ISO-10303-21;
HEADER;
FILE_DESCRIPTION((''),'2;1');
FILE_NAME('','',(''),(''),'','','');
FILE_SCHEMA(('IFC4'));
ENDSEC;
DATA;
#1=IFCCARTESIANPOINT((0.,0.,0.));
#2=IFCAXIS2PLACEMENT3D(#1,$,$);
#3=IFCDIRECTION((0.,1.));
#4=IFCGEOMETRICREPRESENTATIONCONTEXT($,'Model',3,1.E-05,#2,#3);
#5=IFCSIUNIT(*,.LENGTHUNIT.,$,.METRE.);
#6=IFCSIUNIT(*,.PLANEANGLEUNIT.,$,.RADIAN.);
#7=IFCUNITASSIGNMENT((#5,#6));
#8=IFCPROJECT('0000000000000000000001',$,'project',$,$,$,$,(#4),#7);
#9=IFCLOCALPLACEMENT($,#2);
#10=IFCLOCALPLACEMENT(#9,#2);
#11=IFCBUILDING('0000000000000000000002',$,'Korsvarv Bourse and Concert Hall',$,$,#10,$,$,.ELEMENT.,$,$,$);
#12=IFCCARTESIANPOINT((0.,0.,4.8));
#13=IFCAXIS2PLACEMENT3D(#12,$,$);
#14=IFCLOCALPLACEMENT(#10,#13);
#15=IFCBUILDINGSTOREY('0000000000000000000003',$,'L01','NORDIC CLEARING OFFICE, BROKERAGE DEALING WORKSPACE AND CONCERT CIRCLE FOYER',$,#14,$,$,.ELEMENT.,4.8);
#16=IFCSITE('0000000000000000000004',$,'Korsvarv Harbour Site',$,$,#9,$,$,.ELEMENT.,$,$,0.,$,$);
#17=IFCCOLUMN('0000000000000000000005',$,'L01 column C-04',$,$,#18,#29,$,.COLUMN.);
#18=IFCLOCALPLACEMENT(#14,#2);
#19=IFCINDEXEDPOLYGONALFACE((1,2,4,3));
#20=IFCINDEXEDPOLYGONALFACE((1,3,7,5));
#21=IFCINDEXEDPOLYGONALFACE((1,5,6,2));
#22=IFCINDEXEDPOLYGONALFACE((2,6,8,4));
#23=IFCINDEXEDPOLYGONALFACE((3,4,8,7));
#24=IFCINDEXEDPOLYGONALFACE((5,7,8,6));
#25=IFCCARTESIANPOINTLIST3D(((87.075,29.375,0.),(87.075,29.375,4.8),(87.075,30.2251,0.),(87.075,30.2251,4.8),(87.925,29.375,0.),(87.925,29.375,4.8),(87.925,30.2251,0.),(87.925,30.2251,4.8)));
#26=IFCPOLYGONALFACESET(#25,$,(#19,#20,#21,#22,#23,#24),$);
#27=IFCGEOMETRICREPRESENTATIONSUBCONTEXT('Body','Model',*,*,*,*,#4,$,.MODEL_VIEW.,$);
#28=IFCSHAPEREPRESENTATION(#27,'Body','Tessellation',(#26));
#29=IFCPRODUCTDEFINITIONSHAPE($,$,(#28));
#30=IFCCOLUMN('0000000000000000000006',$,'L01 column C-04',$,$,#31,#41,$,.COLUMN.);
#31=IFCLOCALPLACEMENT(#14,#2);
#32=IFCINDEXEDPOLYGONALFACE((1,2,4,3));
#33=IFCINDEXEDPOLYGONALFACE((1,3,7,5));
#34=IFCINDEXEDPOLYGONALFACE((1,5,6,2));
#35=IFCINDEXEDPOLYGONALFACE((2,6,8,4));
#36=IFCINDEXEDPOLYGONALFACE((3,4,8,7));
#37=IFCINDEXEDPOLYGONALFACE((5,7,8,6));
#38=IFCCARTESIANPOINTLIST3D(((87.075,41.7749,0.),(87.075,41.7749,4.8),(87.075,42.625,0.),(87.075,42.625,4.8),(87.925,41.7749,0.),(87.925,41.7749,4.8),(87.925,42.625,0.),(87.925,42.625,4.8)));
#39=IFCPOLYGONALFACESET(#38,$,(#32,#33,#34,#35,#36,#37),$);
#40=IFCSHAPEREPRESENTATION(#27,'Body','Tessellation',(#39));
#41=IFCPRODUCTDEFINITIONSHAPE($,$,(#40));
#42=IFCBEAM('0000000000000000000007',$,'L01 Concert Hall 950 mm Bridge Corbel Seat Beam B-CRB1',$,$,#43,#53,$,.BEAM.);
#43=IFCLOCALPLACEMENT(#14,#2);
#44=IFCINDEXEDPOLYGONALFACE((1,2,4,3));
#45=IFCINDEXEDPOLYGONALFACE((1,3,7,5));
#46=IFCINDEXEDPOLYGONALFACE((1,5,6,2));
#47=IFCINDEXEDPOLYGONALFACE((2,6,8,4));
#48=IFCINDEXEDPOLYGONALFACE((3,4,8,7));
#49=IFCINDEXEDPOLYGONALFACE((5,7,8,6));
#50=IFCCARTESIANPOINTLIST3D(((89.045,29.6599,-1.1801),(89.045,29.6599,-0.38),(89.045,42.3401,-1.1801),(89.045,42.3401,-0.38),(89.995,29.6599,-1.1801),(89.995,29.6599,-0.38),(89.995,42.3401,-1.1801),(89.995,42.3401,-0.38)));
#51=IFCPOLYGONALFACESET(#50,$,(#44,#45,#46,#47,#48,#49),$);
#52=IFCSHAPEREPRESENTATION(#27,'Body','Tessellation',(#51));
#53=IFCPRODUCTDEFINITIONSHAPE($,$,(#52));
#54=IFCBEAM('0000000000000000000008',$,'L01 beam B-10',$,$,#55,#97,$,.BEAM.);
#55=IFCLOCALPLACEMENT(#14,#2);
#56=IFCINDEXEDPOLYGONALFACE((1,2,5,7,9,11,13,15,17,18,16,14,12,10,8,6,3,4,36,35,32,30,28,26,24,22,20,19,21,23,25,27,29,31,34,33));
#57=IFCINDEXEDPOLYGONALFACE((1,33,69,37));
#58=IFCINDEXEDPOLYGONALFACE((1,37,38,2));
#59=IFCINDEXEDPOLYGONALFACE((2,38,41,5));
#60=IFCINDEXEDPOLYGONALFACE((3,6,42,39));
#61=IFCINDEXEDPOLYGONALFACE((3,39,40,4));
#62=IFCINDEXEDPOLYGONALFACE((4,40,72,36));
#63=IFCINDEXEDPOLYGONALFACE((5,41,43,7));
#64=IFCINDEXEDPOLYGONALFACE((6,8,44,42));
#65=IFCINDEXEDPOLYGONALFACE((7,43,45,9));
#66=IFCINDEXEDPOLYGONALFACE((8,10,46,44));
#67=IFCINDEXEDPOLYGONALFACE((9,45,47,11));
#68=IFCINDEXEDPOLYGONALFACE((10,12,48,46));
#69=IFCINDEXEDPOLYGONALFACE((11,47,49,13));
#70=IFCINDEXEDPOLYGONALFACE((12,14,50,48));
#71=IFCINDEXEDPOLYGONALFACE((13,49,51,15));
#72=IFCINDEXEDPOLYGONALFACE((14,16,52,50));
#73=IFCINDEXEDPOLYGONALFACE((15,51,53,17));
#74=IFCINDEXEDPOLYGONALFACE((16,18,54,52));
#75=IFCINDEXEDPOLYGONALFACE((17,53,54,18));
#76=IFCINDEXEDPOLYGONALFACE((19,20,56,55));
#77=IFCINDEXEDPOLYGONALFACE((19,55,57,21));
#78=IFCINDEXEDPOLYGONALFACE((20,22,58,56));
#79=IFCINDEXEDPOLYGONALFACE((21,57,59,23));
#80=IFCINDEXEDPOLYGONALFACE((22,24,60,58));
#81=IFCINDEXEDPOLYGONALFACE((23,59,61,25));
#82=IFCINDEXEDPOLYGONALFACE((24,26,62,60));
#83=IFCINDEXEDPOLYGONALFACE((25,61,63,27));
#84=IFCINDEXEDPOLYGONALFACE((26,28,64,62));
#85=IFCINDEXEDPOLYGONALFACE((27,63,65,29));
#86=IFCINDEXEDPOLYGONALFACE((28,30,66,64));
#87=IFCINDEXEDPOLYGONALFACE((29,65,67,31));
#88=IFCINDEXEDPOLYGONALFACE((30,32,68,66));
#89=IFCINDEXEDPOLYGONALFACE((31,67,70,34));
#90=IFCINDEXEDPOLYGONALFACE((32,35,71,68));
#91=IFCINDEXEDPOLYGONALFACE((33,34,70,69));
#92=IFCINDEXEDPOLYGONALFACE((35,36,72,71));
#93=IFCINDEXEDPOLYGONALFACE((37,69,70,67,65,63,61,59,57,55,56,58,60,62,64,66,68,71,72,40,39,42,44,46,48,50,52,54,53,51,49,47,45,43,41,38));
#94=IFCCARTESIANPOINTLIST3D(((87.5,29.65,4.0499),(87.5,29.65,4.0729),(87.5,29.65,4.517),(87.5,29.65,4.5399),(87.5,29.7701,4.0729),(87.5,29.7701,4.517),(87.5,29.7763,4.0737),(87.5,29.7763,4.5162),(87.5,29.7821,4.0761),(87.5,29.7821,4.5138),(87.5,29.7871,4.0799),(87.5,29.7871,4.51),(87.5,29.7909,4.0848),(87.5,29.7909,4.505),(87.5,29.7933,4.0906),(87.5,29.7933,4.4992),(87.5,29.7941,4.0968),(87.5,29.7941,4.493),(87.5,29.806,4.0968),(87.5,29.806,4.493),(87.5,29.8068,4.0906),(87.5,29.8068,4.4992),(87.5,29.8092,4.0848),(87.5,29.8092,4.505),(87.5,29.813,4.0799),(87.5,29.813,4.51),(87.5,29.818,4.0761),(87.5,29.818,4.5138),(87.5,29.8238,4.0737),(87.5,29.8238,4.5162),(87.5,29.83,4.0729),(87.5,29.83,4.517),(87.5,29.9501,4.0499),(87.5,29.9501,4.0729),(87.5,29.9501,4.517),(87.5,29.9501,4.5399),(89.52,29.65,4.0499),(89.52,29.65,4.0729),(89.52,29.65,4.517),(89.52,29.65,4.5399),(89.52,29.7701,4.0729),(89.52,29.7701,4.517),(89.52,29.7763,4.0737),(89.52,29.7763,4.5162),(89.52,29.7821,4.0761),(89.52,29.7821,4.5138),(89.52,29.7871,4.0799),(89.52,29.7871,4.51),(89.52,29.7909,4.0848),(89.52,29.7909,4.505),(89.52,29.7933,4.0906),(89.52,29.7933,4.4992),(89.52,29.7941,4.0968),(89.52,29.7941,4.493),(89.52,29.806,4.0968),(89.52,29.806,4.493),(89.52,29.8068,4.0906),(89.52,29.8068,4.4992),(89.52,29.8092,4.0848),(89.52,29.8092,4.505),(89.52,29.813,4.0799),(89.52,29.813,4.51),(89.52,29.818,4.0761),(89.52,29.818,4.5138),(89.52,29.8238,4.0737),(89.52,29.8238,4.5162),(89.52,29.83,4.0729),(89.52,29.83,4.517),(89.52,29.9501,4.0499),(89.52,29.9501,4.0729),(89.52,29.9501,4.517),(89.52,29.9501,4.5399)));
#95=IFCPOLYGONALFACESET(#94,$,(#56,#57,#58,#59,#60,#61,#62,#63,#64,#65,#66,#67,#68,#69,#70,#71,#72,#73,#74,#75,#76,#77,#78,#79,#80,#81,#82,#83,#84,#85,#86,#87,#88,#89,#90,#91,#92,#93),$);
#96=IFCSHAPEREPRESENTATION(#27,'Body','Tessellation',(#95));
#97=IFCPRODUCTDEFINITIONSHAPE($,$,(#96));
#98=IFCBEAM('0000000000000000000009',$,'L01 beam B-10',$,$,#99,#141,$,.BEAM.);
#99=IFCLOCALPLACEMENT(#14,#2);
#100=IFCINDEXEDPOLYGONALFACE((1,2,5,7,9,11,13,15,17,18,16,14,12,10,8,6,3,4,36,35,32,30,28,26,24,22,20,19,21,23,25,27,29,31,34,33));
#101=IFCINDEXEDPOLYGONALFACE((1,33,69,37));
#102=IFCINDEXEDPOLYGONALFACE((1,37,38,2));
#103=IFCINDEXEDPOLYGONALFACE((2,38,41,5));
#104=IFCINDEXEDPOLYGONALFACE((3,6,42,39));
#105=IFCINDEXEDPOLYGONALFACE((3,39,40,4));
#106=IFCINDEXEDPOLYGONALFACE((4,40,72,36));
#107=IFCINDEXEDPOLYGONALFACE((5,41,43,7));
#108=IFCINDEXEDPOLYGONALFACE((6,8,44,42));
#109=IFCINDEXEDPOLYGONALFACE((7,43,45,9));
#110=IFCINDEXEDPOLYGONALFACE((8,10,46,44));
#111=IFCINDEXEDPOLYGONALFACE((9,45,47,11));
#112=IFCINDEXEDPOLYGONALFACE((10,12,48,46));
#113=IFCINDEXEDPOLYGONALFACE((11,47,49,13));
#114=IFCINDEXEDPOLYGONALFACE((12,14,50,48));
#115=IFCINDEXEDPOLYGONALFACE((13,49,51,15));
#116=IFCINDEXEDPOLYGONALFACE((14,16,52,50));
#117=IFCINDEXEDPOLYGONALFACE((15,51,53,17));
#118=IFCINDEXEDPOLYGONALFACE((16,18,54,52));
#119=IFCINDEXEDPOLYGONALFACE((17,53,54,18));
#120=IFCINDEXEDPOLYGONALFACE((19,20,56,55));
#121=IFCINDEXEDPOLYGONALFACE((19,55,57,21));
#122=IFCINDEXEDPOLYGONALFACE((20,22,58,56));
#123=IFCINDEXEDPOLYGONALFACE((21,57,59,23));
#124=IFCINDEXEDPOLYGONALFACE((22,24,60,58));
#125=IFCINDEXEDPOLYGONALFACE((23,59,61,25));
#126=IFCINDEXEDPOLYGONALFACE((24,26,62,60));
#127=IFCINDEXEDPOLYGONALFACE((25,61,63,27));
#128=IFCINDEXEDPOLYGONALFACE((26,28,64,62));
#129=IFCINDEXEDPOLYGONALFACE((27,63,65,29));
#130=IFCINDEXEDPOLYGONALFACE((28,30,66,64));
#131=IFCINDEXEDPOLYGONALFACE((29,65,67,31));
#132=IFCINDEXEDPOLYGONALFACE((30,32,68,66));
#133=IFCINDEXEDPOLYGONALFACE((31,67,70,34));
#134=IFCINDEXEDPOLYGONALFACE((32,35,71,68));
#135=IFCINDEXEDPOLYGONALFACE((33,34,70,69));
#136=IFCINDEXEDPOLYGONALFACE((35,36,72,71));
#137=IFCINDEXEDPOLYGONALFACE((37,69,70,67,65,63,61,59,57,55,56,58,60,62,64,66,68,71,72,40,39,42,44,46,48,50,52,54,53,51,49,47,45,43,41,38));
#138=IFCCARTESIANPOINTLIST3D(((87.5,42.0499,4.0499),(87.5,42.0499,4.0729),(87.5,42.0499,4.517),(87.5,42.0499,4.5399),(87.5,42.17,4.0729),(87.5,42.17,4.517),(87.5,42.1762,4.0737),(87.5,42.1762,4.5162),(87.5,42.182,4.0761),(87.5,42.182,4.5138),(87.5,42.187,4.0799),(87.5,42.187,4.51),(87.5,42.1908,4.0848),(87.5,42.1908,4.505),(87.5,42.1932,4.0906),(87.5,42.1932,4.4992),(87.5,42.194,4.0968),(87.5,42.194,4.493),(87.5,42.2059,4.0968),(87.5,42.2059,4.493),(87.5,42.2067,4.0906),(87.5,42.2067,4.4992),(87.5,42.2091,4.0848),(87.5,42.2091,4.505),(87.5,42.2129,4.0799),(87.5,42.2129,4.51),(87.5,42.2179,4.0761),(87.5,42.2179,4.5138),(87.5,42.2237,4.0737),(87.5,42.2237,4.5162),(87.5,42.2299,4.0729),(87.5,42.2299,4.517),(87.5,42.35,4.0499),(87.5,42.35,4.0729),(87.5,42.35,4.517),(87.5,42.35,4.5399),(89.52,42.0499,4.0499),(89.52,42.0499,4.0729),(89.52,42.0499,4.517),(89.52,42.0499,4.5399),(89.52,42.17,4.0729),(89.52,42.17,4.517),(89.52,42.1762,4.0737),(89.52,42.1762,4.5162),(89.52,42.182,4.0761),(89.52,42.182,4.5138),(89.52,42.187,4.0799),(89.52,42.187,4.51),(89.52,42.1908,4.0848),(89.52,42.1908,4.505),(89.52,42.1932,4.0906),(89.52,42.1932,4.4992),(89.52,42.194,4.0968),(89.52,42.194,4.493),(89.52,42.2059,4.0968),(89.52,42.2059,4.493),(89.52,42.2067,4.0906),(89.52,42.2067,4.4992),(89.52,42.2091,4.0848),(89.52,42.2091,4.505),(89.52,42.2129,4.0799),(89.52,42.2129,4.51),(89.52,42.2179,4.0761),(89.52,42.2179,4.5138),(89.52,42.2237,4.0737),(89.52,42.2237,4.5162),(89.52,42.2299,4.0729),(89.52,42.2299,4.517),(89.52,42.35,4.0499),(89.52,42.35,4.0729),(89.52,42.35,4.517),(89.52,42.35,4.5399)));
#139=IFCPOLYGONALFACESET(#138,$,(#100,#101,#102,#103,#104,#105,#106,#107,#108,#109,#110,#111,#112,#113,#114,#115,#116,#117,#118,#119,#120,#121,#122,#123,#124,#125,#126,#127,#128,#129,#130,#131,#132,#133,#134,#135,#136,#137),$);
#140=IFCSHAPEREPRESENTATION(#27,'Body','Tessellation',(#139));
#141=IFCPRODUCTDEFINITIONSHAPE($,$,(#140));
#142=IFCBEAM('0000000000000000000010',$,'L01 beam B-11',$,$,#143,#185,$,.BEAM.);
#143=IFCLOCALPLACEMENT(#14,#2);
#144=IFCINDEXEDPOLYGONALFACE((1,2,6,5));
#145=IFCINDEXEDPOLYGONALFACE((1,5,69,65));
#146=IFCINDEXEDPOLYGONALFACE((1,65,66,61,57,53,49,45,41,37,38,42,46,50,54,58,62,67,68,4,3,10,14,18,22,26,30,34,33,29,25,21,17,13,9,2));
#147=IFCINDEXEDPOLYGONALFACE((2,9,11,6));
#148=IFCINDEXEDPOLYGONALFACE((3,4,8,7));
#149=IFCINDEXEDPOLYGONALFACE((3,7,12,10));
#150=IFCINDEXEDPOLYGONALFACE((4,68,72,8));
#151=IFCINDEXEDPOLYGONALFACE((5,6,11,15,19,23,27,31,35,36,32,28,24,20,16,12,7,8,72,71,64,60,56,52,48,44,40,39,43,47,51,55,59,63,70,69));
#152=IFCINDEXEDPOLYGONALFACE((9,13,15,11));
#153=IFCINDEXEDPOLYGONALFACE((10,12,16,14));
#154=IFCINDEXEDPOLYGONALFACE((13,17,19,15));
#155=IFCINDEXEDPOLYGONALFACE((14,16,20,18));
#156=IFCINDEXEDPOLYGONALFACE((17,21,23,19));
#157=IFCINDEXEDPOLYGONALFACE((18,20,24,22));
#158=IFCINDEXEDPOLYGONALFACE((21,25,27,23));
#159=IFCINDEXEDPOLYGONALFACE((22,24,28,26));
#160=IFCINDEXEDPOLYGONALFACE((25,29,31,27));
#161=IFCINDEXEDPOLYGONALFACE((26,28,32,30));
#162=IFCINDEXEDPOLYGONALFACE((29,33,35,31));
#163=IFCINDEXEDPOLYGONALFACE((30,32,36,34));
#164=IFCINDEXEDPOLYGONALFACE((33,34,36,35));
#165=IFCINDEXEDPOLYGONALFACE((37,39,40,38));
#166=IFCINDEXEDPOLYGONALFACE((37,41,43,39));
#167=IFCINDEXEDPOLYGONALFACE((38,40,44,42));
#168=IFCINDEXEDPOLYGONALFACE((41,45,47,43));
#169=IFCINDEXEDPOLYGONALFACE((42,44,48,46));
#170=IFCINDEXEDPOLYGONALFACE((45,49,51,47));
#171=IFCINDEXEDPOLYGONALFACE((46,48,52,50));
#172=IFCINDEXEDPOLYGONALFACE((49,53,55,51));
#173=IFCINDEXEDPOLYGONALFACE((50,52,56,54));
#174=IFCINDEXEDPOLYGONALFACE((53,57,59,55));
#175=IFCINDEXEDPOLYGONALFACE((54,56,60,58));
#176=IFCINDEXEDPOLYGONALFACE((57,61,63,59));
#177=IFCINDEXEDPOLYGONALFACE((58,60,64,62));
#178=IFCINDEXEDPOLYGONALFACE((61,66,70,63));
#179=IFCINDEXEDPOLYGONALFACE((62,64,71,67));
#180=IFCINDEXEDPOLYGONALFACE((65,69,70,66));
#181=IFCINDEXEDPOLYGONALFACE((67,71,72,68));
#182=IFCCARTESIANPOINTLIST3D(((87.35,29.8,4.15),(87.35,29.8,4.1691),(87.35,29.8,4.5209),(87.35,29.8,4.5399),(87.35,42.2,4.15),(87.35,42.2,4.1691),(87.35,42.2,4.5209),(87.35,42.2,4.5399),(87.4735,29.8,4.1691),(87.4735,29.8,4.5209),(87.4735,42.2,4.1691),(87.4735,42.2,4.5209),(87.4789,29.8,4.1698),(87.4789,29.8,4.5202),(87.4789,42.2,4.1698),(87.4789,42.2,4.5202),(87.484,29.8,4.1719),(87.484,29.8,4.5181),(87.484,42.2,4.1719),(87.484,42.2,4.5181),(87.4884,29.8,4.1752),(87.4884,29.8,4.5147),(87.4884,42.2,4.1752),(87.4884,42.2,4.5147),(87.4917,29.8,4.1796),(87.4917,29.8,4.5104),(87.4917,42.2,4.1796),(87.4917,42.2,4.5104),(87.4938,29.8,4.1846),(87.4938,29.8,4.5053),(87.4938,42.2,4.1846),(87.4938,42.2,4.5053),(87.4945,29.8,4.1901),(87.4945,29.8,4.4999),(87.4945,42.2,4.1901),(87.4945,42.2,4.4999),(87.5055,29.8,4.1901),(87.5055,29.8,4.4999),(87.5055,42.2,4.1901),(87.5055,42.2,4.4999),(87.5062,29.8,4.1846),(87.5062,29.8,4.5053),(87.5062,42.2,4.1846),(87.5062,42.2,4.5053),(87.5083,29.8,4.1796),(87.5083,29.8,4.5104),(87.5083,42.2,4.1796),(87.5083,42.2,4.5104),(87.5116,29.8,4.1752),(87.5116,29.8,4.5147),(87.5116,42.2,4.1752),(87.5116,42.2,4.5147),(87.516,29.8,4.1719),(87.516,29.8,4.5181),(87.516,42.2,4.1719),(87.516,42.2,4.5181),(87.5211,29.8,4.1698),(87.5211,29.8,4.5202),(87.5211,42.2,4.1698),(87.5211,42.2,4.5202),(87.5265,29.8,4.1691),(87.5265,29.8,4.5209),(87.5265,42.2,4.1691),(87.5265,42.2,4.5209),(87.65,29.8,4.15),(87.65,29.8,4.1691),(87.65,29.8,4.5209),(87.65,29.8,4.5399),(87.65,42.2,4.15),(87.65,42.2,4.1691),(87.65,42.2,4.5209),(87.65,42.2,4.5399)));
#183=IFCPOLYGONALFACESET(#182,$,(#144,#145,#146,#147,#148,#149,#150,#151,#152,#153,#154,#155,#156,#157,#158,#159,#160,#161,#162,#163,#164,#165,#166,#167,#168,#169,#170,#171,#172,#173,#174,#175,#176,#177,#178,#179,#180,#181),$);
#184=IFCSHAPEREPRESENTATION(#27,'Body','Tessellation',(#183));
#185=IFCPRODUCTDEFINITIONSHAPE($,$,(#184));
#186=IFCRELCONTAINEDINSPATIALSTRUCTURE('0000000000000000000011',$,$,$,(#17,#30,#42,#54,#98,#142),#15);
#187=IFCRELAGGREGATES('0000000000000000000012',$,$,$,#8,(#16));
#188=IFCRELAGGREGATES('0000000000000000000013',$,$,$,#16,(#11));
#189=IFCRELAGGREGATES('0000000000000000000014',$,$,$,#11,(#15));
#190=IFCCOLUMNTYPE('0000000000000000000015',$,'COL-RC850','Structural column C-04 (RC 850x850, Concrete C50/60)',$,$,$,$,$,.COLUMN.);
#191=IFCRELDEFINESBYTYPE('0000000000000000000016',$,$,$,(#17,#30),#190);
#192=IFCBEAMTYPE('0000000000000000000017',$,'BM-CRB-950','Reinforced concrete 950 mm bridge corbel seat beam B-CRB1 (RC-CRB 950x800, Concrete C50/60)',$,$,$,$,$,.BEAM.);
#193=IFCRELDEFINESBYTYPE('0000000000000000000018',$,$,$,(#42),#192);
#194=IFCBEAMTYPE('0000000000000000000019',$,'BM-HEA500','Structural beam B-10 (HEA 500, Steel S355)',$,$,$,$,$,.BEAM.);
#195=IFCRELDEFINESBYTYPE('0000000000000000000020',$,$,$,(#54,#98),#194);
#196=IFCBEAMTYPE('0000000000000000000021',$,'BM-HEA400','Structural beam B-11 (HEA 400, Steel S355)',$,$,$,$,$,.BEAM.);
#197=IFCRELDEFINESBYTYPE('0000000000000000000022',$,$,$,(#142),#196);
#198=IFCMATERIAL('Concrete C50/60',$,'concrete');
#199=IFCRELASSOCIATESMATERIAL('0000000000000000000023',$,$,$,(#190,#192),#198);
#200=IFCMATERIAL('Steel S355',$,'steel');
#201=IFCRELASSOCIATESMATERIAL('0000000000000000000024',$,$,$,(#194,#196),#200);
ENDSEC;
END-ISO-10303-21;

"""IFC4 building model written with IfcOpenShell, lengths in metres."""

from ifc_helpers import new_model, si_unit, direction, frame, origin, origin_2d, place, context, subcontext, project, spatial, rectangle, i_section, extrude, source, transform, mapped, material, material_profile, profile_set, type_object, element, save


model = new_model("IFC4")

# Units and contexts
model_context = context("Model", 3, precision=1e-05, world=origin(), true_north=direction((0.0, 1.0)))
body_context = subcontext(model_context, "Body", "Model", "MODEL_VIEW")
ifc_project = project(units=[si_unit("LENGTHUNIT", "METRE"), si_unit("PLANEANGLEUNIT", "RADIAN")], contexts=[model_context])

# Site, building, storey
site_placement = place(None, origin())
site = spatial("IfcSite", under=ifc_project, at=site_placement, Name="Korsvarv Harbour Site", CompositionType="ELEMENT", RefElevation=0.0)
building_placement = place(site_placement, origin())
building = spatial("IfcBuilding", under=site, at=building_placement, Name="Korsvarv Bourse and Concert Hall", CompositionType="ELEMENT")
storey_placement = place(building_placement, frame((0.0, 0.0, 4.8)))
storey = spatial("IfcBuildingStorey", under=building, at=storey_placement, Name="L01", Description="NORDIC CLEARING OFFICE, BROKERAGE DEALING WORKSPACE AND CONCERT CIRCLE FOYER", CompositionType="ELEMENT", Elevation=4.8)

# Columns
ifc_material_1 = material(Name="Concrete C50/60", Category="concrete")
ifc_material_profile_1 = material_profile(ifc_material_1, rectangle(XDim=0.8501, YDim=0.8501, at=origin_2d()), Name="RC 850x850")
ifc_profile_set_1 = profile_set([ifc_material_profile_1], Name="Concrete C50/60")
column_type = type_object("IfcColumnType", Name="COL-RC850", Description="Structural column C-04 (RC 850x850, Concrete C50/60)", PredefinedType="COLUMN", material=ifc_profile_set_1)
shared_shape_1 = source(origin(), body_context, "Body", "SweptSolid", [
    extrude(rectangle(XDim=0.8501, YDim=0.8501, at=origin_2d()), origin(), (0.0, 0.0, 1.0), 4.8),
])
for number, where, z_axis, x_axis, name in (
    (1, (87.5, 29.8, 0.0), (0.0, 0.0, 1.0), (1.0, 0.0, 0.0), "L01 column C-04"),
    (2, (87.5, 42.2, 0.0), (0.0, 0.0, 1.0), (1.0, 0.0, 0.0), "L01 column C-04"),
):
    element("IfcColumn", number, at=place(storey_placement, frame(where, z_axis=z_axis, x_axis=x_axis)), inside=storey, type_object=column_type, Name=name, PredefinedType="COLUMN", context=body_context, shape_type="MappedRepresentation", body=[
        mapped(shared_shape_1, transform((0.0, 0.0, 0.0), scale=1.0)),
    ])

# Beams
ifc_material_profile_2 = material_profile(ifc_material_1, rectangle(XDim=0.95, YDim=0.8, at=origin_2d()), Name="RC-CRB 950x800")
ifc_profile_set_2 = profile_set([ifc_material_profile_2], Name="Concrete C50/60")
beam_type_1 = type_object("IfcBeamType", Name="BM-CRB-950", Description="Reinforced concrete 950 mm bridge corbel seat beam B-CRB1 (RC-CRB 950x800, Concrete C50/60)", PredefinedType="BEAM", material=ifc_profile_set_2)
shared_shape_2 = source(origin(), body_context, "Body", "SweptSolid", [
    extrude(rectangle(XDim=0.95, YDim=0.8, at=origin_2d()), origin(), (0.0, 0.0, 1.0), 12.6802),
])
beam_1_placement = place(storey_placement, frame((89.52, 29.6599, -0.78), z_axis=(0.0, 1.0, 0.0), x_axis=(-1.0, 0.0, 0.0)))
element("IfcBeam", 3, at=beam_1_placement, inside=storey, type_object=beam_type_1, Name="L01 Concert Hall 950 mm Bridge Corbel Seat Beam B-CRB1", PredefinedType="BEAM", context=body_context, shape_type="MappedRepresentation", body=[
    mapped(shared_shape_2, transform((0.0, 0.0, 0.0), scale=1.0)),
])
ifc_material_2 = material(Name="Steel S355", Category="steel")
ifc_material_profile_3 = material_profile(ifc_material_2, i_section(OverallWidth=0.3, OverallDepth=0.49, WebThickness=0.012, FlangeThickness=0.0229, FilletRadius=0.0239, at=origin_2d()), Name="HEA 500")
ifc_profile_set_3 = profile_set([ifc_material_profile_3], Name="Steel S355")
beam_type_2 = type_object("IfcBeamType", Name="BM-HEA500", Description="Structural beam B-10 (HEA 500, Steel S355)", PredefinedType="BEAM", material=ifc_profile_set_3)
shared_shape_3 = source(origin(), body_context, "Body", "SweptSolid", [
    extrude(i_section(OverallWidth=0.3, OverallDepth=0.49, WebThickness=0.012, FlangeThickness=0.0229, FilletRadius=0.0239, at=origin_2d()), origin(), (0.0, 0.0, 1.0), 2.02),
])
for number, where, z_axis, x_axis, name in (
    (4, (87.5, 29.8, 4.2949), (1.0, 0.0, 0.0), (0.0, 1.0, 0.0), "L01 beam B-10"),
    (5, (87.5, 42.2, 4.2949), (1.0, 0.0, 0.0), (0.0, 1.0, 0.0), "L01 beam B-10"),
):
    element("IfcBeam", number, at=place(storey_placement, frame(where, z_axis=z_axis, x_axis=x_axis)), inside=storey, type_object=beam_type_2, Name=name, PredefinedType="BEAM", context=body_context, shape_type="MappedRepresentation", body=[
        mapped(shared_shape_3, transform((0.0, 0.0, 0.0), scale=1.0)),
    ])
ifc_material_profile_4 = material_profile(ifc_material_2, i_section(OverallWidth=0.3, OverallDepth=0.3899, WebThickness=0.011, FlangeThickness=0.019, FilletRadius=0.021, at=origin_2d()), Name="HEA 400")
ifc_profile_set_4 = profile_set([ifc_material_profile_4], Name="Steel S355")
beam_type_3 = type_object("IfcBeamType", Name="BM-HEA400", Description="Structural beam B-11 (HEA 400, Steel S355)", PredefinedType="BEAM", material=ifc_profile_set_4)
shared_shape_4 = source(origin(), body_context, "Body", "SweptSolid", [
    extrude(i_section(OverallWidth=0.3, OverallDepth=0.3899, WebThickness=0.011, FlangeThickness=0.019, FilletRadius=0.021, at=origin_2d()), origin(), (0.0, 0.0, 1.0), 12.3999),
])
beam_2_placement = place(storey_placement, frame((87.5, 29.8, 4.345), z_axis=(0.0, 1.0, 0.0), x_axis=(-1.0, 0.0, 0.0)))
element("IfcBeam", 6, at=beam_2_placement, inside=storey, type_object=beam_type_3, Name="L01 beam B-11", PredefinedType="BEAM", context=body_context, shape_type="MappedRepresentation", body=[
    mapped(shared_shape_4, transform((0.0, 0.0, 0.0), scale=1.0)),
])

save(model, "model.ifc")
